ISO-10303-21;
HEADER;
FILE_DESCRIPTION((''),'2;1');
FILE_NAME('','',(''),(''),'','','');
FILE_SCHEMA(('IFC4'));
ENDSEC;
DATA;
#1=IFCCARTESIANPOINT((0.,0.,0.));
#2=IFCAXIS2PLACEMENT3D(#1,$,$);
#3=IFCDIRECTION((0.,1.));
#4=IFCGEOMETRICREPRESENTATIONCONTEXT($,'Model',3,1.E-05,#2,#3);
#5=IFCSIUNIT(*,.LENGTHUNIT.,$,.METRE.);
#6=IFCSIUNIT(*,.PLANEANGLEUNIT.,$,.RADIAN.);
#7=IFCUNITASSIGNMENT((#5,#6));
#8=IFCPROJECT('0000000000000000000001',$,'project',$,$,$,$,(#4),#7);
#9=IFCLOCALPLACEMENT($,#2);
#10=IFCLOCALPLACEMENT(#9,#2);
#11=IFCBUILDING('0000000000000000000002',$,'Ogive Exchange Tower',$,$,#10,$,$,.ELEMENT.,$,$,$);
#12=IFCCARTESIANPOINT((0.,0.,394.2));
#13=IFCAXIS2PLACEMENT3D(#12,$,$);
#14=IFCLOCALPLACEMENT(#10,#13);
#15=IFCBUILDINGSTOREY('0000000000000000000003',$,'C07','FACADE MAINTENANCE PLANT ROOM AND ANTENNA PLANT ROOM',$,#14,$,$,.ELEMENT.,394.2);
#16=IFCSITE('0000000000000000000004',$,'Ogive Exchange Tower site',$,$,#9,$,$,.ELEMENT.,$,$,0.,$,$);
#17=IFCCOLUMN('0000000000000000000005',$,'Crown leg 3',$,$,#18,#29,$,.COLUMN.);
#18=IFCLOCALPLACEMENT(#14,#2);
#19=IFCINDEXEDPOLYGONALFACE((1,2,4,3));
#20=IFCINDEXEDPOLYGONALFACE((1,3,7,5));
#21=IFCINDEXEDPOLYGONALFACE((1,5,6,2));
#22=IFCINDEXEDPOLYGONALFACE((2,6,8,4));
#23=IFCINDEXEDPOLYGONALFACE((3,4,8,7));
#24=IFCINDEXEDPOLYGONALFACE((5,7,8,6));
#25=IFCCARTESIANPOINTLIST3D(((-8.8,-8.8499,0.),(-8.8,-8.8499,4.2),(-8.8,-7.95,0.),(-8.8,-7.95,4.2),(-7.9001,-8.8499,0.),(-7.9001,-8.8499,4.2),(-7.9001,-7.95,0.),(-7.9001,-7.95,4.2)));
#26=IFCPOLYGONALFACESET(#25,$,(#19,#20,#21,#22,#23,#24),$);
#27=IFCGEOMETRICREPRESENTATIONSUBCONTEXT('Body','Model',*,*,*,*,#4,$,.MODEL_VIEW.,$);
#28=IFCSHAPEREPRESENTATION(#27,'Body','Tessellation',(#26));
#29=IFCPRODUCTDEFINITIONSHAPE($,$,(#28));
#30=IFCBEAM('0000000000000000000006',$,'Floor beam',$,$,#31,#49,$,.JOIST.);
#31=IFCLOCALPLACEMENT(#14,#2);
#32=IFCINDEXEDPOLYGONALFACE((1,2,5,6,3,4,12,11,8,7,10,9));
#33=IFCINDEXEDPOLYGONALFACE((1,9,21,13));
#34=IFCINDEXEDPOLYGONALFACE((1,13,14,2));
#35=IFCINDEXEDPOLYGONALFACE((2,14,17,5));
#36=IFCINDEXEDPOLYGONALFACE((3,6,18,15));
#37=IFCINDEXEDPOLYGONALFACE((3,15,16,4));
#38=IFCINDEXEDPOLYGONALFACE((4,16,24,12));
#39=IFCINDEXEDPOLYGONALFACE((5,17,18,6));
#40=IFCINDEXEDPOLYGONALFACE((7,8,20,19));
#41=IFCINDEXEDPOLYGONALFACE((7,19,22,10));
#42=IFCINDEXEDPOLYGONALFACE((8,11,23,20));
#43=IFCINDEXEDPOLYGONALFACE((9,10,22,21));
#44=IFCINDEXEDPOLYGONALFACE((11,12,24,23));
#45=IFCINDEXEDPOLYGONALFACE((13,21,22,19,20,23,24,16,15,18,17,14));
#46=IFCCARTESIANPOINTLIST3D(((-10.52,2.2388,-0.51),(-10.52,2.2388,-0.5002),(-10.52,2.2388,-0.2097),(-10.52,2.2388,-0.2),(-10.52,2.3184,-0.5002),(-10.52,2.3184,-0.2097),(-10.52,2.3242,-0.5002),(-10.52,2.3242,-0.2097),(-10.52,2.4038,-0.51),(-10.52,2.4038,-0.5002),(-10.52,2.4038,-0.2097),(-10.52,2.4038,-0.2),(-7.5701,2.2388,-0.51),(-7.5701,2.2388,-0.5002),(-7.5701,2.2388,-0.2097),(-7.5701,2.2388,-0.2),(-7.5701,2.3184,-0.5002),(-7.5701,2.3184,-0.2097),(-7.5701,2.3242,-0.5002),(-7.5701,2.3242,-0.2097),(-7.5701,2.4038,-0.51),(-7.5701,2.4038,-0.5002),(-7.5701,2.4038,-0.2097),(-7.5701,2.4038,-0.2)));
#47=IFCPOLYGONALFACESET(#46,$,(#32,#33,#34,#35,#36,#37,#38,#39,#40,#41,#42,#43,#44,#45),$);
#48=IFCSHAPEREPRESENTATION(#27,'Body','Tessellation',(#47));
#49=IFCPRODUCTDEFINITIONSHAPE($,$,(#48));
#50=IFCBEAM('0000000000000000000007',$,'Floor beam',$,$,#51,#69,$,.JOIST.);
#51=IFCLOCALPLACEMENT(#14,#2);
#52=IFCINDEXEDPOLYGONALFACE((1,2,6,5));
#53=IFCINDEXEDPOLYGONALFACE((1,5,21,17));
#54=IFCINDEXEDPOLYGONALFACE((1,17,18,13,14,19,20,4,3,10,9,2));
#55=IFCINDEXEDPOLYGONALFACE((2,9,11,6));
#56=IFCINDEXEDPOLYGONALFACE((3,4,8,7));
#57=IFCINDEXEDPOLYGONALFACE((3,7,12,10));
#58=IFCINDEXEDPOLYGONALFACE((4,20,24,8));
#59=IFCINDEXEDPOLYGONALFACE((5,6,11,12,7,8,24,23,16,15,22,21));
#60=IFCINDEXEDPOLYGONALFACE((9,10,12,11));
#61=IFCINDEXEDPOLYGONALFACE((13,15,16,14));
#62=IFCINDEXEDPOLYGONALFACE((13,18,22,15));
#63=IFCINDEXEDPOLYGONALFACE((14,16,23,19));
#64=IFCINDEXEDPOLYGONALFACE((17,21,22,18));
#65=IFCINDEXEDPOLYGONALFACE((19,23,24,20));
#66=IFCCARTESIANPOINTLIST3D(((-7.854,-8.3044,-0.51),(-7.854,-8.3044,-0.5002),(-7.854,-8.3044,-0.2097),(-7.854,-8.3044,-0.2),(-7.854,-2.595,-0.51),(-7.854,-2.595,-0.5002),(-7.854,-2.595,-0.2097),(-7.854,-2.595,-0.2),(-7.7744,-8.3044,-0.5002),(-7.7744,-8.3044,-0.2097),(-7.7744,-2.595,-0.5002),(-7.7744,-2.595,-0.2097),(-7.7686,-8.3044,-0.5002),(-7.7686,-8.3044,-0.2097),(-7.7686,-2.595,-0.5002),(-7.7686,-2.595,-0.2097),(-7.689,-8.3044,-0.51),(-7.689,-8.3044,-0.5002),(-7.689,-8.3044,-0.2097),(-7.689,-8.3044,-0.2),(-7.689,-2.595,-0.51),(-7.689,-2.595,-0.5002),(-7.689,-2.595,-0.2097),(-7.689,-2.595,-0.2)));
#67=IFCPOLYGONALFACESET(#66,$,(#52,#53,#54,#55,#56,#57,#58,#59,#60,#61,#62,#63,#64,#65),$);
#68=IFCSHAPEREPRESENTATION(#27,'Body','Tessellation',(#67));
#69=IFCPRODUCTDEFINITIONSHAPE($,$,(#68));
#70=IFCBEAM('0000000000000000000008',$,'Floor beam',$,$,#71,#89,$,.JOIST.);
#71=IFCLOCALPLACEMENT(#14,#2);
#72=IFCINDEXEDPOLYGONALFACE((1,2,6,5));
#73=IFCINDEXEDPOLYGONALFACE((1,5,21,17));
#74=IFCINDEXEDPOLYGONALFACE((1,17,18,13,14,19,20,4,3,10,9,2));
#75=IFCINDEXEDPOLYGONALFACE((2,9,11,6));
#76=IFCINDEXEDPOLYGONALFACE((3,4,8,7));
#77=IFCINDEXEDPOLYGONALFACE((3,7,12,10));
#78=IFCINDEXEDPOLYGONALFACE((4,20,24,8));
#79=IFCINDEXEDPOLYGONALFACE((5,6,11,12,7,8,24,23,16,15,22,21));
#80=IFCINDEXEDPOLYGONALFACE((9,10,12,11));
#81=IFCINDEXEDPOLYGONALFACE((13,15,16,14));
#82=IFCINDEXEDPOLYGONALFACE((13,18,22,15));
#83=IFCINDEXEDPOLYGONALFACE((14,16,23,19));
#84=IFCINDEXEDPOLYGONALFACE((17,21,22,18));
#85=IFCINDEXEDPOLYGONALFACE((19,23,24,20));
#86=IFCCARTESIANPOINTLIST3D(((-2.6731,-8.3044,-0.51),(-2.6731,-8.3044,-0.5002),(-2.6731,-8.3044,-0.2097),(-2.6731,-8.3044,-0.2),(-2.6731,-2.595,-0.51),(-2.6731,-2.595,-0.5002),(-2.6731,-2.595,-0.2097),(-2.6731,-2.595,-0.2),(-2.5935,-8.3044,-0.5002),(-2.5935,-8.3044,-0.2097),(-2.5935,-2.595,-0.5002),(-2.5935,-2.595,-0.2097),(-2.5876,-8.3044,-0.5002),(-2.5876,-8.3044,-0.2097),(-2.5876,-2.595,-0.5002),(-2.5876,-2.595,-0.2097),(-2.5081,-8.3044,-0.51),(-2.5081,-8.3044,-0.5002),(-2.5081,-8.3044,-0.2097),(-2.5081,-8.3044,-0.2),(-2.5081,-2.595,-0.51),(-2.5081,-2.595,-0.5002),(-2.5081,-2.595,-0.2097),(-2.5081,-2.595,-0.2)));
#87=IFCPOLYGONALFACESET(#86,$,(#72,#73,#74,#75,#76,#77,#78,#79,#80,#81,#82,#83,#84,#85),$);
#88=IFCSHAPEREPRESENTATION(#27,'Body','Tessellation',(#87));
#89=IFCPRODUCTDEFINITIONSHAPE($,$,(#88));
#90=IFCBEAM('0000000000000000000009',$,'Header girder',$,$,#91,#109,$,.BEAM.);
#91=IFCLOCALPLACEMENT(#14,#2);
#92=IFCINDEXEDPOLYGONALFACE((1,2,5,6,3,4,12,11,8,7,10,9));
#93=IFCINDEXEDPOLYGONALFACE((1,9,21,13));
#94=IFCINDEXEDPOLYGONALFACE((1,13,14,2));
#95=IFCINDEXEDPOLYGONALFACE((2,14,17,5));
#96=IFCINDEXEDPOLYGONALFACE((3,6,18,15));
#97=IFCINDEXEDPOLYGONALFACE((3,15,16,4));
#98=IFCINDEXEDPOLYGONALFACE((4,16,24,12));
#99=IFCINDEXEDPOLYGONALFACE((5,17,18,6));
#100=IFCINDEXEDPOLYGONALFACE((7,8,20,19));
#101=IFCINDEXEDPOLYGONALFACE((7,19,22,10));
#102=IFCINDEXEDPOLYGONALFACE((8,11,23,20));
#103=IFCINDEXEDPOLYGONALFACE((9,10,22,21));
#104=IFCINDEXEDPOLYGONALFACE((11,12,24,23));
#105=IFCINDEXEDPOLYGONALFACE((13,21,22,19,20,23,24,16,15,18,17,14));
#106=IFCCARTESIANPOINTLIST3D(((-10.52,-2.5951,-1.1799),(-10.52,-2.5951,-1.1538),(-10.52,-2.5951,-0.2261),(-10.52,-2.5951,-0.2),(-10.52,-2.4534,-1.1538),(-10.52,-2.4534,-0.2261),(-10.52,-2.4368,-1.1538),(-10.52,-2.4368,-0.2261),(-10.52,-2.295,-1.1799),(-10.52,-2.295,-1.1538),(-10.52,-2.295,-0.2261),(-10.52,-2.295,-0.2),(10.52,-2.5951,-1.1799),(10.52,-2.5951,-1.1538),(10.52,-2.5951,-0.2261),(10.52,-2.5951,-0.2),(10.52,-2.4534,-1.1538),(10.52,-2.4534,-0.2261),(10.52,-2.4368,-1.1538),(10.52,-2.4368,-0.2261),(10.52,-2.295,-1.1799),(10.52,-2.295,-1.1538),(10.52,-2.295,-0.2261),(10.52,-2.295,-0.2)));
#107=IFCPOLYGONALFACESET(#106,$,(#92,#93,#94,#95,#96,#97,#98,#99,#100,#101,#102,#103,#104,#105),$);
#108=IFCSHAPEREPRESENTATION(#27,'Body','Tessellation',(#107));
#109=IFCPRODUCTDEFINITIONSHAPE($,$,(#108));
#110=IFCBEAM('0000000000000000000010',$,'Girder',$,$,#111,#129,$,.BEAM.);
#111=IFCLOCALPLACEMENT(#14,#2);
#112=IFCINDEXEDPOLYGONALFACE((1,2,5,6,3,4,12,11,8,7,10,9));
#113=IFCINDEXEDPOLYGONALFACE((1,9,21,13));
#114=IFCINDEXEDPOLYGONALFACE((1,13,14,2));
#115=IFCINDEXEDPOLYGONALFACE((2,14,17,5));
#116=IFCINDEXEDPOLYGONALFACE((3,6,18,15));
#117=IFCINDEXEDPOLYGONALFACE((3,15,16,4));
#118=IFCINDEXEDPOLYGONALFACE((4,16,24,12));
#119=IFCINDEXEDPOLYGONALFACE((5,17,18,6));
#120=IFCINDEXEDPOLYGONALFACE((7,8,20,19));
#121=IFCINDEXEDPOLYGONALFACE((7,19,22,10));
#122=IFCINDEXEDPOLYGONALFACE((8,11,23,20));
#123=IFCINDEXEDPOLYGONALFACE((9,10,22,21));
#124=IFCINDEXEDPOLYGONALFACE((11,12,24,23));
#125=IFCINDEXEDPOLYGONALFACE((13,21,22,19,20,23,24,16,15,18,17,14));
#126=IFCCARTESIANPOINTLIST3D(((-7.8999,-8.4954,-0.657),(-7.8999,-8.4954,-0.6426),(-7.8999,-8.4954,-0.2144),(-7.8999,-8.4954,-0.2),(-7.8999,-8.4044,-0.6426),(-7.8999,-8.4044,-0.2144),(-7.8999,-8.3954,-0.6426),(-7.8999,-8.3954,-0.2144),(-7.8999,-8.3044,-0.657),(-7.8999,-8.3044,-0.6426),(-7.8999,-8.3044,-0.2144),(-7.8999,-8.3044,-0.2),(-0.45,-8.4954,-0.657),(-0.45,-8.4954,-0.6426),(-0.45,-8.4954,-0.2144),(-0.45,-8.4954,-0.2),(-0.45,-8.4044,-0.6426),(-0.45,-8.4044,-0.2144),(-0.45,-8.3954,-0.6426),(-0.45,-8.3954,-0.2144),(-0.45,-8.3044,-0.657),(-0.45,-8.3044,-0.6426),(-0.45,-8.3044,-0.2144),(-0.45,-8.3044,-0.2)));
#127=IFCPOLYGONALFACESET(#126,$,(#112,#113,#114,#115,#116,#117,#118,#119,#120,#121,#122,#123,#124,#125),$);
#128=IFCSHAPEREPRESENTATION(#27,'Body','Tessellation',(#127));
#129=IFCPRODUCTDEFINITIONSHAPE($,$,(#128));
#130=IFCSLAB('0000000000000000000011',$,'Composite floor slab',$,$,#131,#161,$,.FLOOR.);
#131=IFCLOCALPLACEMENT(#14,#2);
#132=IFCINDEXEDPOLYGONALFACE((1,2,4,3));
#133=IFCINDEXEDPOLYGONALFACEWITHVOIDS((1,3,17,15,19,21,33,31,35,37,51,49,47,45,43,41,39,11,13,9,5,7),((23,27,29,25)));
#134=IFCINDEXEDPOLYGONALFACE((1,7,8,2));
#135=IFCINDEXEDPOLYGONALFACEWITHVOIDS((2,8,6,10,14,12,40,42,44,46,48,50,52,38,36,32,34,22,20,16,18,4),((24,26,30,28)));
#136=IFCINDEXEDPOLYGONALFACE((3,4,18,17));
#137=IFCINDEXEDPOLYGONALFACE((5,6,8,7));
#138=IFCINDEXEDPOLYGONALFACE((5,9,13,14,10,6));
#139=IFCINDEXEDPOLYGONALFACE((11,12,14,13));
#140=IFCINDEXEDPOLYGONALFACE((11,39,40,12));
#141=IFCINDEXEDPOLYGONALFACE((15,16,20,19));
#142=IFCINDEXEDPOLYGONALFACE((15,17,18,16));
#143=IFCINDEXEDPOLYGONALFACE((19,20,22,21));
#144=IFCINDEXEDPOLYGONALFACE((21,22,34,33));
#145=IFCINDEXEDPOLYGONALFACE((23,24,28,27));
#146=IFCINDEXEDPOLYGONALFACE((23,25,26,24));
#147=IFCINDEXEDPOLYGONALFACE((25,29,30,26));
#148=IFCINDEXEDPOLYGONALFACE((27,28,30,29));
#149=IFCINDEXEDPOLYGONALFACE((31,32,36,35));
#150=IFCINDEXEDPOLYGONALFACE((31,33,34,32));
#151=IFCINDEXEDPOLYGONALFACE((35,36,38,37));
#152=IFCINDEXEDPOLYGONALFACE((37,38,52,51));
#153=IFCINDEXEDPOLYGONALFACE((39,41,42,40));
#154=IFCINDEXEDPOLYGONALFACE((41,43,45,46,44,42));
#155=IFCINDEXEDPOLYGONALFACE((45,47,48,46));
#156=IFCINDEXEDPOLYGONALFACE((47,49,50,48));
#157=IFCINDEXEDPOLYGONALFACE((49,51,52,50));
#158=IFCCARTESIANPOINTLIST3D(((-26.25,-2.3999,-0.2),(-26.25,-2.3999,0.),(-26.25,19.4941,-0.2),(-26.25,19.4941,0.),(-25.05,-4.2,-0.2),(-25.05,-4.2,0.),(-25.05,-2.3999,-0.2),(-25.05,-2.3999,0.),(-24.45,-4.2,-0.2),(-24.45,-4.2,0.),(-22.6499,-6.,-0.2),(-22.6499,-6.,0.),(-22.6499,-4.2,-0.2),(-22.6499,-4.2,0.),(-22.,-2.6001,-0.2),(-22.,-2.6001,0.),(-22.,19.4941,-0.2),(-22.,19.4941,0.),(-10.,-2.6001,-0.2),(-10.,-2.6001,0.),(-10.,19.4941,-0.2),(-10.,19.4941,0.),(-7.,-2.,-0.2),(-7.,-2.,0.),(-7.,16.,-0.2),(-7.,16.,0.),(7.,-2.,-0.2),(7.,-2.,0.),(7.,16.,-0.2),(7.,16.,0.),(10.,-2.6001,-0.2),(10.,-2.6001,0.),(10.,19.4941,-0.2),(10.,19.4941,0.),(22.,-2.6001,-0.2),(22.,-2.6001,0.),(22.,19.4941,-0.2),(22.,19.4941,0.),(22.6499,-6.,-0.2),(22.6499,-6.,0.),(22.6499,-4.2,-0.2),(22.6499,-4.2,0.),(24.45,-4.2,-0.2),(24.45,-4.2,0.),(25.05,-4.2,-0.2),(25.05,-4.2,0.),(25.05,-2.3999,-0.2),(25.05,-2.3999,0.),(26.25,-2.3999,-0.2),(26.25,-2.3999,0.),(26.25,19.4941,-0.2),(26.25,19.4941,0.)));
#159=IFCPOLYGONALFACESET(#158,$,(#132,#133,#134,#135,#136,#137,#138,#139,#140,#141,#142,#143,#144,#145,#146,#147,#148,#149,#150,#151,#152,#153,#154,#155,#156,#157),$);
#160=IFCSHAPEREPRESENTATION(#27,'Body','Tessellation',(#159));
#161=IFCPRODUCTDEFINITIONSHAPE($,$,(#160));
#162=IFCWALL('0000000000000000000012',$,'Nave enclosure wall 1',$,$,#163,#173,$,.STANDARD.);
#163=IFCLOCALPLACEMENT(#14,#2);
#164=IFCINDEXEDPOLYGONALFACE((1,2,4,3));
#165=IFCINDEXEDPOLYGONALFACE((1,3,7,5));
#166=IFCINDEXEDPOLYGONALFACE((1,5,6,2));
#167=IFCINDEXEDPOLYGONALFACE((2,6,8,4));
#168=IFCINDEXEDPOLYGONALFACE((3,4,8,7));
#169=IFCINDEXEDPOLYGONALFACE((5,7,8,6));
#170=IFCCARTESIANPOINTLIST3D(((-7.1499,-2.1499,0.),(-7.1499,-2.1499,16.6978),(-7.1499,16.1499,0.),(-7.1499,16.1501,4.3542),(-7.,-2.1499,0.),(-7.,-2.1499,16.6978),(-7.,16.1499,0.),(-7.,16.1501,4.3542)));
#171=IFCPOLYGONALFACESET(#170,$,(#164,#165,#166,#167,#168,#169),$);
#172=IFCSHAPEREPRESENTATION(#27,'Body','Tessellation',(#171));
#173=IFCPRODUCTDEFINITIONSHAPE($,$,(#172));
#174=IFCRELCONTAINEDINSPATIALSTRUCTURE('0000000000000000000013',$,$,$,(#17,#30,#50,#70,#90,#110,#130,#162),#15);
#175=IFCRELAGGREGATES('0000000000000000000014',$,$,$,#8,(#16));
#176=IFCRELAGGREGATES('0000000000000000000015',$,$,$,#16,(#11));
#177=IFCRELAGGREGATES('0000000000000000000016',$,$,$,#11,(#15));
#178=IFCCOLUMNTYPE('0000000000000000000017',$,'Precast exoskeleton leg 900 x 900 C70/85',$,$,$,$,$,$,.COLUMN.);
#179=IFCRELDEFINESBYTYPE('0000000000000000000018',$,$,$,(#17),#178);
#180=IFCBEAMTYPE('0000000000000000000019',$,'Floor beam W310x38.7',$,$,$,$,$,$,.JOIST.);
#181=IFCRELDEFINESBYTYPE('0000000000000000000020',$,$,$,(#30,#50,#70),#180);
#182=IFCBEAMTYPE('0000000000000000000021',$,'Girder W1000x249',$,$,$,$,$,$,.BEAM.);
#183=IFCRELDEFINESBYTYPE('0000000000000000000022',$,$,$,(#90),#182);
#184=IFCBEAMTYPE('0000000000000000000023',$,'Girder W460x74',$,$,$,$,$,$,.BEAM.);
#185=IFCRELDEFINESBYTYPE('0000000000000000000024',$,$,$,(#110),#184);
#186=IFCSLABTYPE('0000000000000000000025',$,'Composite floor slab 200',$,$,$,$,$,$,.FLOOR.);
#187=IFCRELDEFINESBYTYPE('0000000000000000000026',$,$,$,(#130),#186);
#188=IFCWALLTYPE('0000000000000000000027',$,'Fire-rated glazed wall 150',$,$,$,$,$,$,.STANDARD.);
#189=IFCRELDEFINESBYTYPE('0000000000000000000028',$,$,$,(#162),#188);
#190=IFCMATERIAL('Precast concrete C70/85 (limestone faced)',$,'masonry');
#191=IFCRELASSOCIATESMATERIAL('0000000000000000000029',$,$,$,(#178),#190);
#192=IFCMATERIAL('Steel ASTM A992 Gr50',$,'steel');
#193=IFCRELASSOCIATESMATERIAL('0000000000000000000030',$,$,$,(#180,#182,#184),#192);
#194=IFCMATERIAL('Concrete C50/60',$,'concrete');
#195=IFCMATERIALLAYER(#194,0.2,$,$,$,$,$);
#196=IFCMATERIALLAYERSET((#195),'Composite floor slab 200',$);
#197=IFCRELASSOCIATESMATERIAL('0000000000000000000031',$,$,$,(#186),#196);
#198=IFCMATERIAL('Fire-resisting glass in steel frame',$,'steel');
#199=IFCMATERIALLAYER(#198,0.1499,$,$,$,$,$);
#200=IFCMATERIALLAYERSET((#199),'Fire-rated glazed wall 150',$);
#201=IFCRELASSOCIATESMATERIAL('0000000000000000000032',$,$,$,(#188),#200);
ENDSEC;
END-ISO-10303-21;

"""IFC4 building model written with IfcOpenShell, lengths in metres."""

from ifc_helpers import new_model, si_unit, direction, frame, origin, origin_2d, place, context, subcontext, project, spatial, polyline, rectangle, i_section, outline, extrude, material, layer, layer_set, material_profile, profile_set, type_object, element, save


model = new_model("IFC4")

# Units and contexts
model_context = context("Model", 3, precision=1e-05, world=origin(), true_north=direction((0.0, 1.0)))
body_context = subcontext(model_context, "Body", "Model", "MODEL_VIEW")
ifc_project = project(units=[si_unit("LENGTHUNIT", "METRE"), si_unit("PLANEANGLEUNIT", "RADIAN")], contexts=[model_context])

# Site, building, storey
site_placement = place(None, origin())
site = spatial("IfcSite", under=ifc_project, at=site_placement, Name="Ogive Exchange Tower site", CompositionType="ELEMENT", RefElevation=0.0)
building_placement = place(site_placement, origin())
building = spatial("IfcBuilding", under=site, at=building_placement, Name="Ogive Exchange Tower", CompositionType="ELEMENT")
storey_placement = place(building_placement, frame((0.0, 0.0, 394.2)))
storey = spatial("IfcBuildingStorey", under=building, at=storey_placement, Name="C07", Description="FACADE MAINTENANCE PLANT ROOM AND ANTENNA PLANT ROOM", CompositionType="ELEMENT", Elevation=394.2)

# Column
ifc_material_1 = material(Name="Precast concrete C70/85 (limestone faced)", Category="masonry")
ifc_material_profile_1 = material_profile(ifc_material_1, rectangle(XDim=0.8999, YDim=0.8999, at=origin_2d()), Name="900 x 900")
ifc_profile_set_1 = profile_set([ifc_material_profile_1], Name="Precast concrete C70/85 (limestone faced)")
column_type = type_object("IfcColumnType", Name="Precast exoskeleton leg 900 x 900 C70/85", PredefinedType="COLUMN", material=ifc_profile_set_1)
column_placement = place(storey_placement, frame((-8.3501, -8.3999, 0.0), z_axis=(0.0, 0.0, 1.0), x_axis=(1.0, 0.0, 0.0)))
element("IfcColumn", 1, at=column_placement, inside=storey, type_object=column_type, Name="Crown leg 3", PredefinedType="COLUMN", context=body_context, shape_type="SweptSolid", body=[
    extrude(rectangle(XDim=0.8999, YDim=0.8999, at=origin_2d()), origin(), (0.0, 0.0, 1.0), 4.2),
])

# Beams
ifc_material_2 = material(Name="Steel ASTM A992 Gr50", Category="steel")
ifc_material_profile_2 = material_profile(ifc_material_2, i_section(OverallWidth=0.165, OverallDepth=0.3101, WebThickness=0.0059, FlangeThickness=0.0098, at=origin_2d()), Name="W310x38.7")
ifc_profile_set_2 = profile_set([ifc_material_profile_2], Name="Steel ASTM A992 Gr50")
beam_type_1 = type_object("IfcBeamType", Name="Floor beam W310x38.7", PredefinedType="JOIST", material=ifc_profile_set_2)
beam_1_placement = place(storey_placement, frame((-10.52, 2.3213, -0.355), z_axis=(1.0, 0.0, 0.0), x_axis=(0.0, 1.0, 0.0)))
element("IfcBeam", 2, at=beam_1_placement, inside=storey, type_object=beam_type_1, Name="Floor beam", PredefinedType="JOIST", context=body_context, shape_type="SweptSolid", body=[
    extrude(i_section(OverallWidth=0.165, OverallDepth=0.3101, WebThickness=0.0059, FlangeThickness=0.0098, at=origin_2d()), origin(), (0.0, 0.0, 1.0), 2.95),
])
for number, where, z_axis, x_axis, name in (
    (3, (-7.7715, -8.3044, -0.355), (0.0, 1.0, 0.0), (-1.0, 0.0, 0.0), "Floor beam"),
    (4, (-2.5906, -8.3044, -0.355), (0.0, 1.0, 0.0), (-1.0, 0.0, 0.0), "Floor beam"),
):
    element("IfcBeam", number, at=place(storey_placement, frame(where, z_axis=z_axis, x_axis=x_axis)), inside=storey, type_object=beam_type_1, Name=name, PredefinedType="JOIST", context=body_context, shape_type="SweptSolid", body=[
        extrude(i_section(OverallWidth=0.165, OverallDepth=0.3101, WebThickness=0.0059, FlangeThickness=0.0098, at=origin_2d()), origin(), (0.0, 0.0, 1.0), 5.7095),
    ])
ifc_material_profile_3 = material_profile(ifc_material_2, i_section(OverallWidth=0.3, OverallDepth=0.98, WebThickness=0.0166, FlangeThickness=0.0261, at=origin_2d()), Name="W1000x249")
ifc_profile_set_3 = profile_set([ifc_material_profile_3], Name="Steel ASTM A992 Gr50")
beam_type_2 = type_object("IfcBeamType", Name="Girder W1000x249", PredefinedType="BEAM", material=ifc_profile_set_3)
beam_2_placement = place(storey_placement, frame((-10.52, -2.4451, -0.6899), z_axis=(1.0, 0.0, 0.0), x_axis=(0.0, 1.0, 0.0)))
element("IfcBeam", 5, at=beam_2_placement, inside=storey, type_object=beam_type_2, Name="Header girder", PredefinedType="BEAM", context=body_context, shape_type="SweptSolid", body=[
    extrude(i_section(OverallWidth=0.3, OverallDepth=0.98, WebThickness=0.0166, FlangeThickness=0.0261, at=origin_2d()), origin(), (0.0, 0.0, 1.0), 21.04),
])
ifc_material_profile_4 = material_profile(ifc_material_2, i_section(OverallWidth=0.1909, OverallDepth=0.457, WebThickness=0.009, FlangeThickness=0.0144, at=origin_2d()), Name="W460x74")
ifc_profile_set_4 = profile_set([ifc_material_profile_4], Name="Steel ASTM A992 Gr50")
beam_type_3 = type_object("IfcBeamType", Name="Girder W460x74", PredefinedType="BEAM", material=ifc_profile_set_4)
beam_3_placement = place(storey_placement, frame((-7.8999, -8.3999, -0.4285), z_axis=(1.0, 0.0, 0.0), x_axis=(0.0, 1.0, 0.0)))
element("IfcBeam", 6, at=beam_3_placement, inside=storey, type_object=beam_type_3, Name="Girder", PredefinedType="BEAM", context=body_context, shape_type="SweptSolid", body=[
    extrude(i_section(OverallWidth=0.1909, OverallDepth=0.457, WebThickness=0.009, FlangeThickness=0.0144, at=origin_2d()), origin(), (0.0, 0.0, 1.0), 7.45),
])

# Slab
ifc_material_3 = material(Name="Concrete C50/60", Category="concrete")
ifc_layer_1 = layer(ifc_material_3, 0.2)
ifc_layer_set_1 = layer_set([ifc_layer_1], Name="Composite floor slab 200")
slab_type = type_object("IfcSlabType", Name="Composite floor slab 200", PredefinedType="FLOOR", material=ifc_layer_set_1)
slab_placement = place(storey_placement, frame((0.0, 0.0, -0.2)))
element("IfcSlab", 7, at=slab_placement, inside=storey, type_object=slab_type, Name="Composite floor slab", PredefinedType="FLOOR", context=body_context, shape_type="SweptSolid", body=[
    extrude(outline(polyline([(-24.45, -2.3999), (-24.45, -2.3999), (-26.25, -2.3999), (-26.25, 19.4941), (-22.0, 19.4941), (-22.0, -2.6001), (-10.0, -2.6001), (-10.0, 19.4941), (10.0, 19.4941), (10.0, -2.6001), (22.0, -2.6001), (22.0, 19.4941), (26.25, 19.4941), (26.25, -2.3999), (24.45, -2.3999), (24.45, -2.3999), (25.05, -2.3999), (25.05, -4.2), (24.45, -4.2), (24.45, -4.2), (22.6499, -4.2), (22.6499, -6.0), (-22.6499, -6.0), (-22.6499, -4.2), (-24.45, -4.2), (-24.45, -4.2), (-25.05, -4.2), (-25.05, -2.3999), (-24.45, -2.3999)]), holes=[polyline([(7.0, -2.0), (7.0, 16.0), (-7.0, 16.0), (-7.0, -2.0), (7.0, -2.0)])]), origin(), (0.0, 0.0, 1.0), 0.2),
])

# Wall
ifc_material_4 = material(Name="Fire-resisting glass in steel frame", Category="steel")
ifc_layer_2 = layer(ifc_material_4, 0.1499)
ifc_layer_set_2 = layer_set([ifc_layer_2], Name="Fire-rated glazed wall 150")
wall_type_1 = type_object("IfcWallType", Name="Fire-rated glazed wall 150", PredefinedType="STANDARD", material=ifc_layer_set_2)
wall_1_placement = place(storey_placement, frame((-7.075, -2.1499, 0.0), z_axis=(0.0, 0.0, 1.0), x_axis=(0.0, 1.0, 0.0)))
element("IfcWall", 8, at=wall_1_placement, inside=storey, type_object=wall_type_1, Name="Nave enclosure wall 1", PredefinedType="STANDARD", context=body_context, shape_type="SweptSolid", body=[
    extrude(outline(polyline([(0.0, 0.0), (18.2998, 0.0), (18.3, 4.3542), (0.0, 16.6978), (0.0, 0.0)])), frame((0.0, 0.075, 0.0), z_axis=(0.0, -1.0, 0.0), x_axis=(1.0, 0.0, 0.0)), (0.0, 0.0, 1.0), 0.1499),
])

save(model, "model.ifc")
